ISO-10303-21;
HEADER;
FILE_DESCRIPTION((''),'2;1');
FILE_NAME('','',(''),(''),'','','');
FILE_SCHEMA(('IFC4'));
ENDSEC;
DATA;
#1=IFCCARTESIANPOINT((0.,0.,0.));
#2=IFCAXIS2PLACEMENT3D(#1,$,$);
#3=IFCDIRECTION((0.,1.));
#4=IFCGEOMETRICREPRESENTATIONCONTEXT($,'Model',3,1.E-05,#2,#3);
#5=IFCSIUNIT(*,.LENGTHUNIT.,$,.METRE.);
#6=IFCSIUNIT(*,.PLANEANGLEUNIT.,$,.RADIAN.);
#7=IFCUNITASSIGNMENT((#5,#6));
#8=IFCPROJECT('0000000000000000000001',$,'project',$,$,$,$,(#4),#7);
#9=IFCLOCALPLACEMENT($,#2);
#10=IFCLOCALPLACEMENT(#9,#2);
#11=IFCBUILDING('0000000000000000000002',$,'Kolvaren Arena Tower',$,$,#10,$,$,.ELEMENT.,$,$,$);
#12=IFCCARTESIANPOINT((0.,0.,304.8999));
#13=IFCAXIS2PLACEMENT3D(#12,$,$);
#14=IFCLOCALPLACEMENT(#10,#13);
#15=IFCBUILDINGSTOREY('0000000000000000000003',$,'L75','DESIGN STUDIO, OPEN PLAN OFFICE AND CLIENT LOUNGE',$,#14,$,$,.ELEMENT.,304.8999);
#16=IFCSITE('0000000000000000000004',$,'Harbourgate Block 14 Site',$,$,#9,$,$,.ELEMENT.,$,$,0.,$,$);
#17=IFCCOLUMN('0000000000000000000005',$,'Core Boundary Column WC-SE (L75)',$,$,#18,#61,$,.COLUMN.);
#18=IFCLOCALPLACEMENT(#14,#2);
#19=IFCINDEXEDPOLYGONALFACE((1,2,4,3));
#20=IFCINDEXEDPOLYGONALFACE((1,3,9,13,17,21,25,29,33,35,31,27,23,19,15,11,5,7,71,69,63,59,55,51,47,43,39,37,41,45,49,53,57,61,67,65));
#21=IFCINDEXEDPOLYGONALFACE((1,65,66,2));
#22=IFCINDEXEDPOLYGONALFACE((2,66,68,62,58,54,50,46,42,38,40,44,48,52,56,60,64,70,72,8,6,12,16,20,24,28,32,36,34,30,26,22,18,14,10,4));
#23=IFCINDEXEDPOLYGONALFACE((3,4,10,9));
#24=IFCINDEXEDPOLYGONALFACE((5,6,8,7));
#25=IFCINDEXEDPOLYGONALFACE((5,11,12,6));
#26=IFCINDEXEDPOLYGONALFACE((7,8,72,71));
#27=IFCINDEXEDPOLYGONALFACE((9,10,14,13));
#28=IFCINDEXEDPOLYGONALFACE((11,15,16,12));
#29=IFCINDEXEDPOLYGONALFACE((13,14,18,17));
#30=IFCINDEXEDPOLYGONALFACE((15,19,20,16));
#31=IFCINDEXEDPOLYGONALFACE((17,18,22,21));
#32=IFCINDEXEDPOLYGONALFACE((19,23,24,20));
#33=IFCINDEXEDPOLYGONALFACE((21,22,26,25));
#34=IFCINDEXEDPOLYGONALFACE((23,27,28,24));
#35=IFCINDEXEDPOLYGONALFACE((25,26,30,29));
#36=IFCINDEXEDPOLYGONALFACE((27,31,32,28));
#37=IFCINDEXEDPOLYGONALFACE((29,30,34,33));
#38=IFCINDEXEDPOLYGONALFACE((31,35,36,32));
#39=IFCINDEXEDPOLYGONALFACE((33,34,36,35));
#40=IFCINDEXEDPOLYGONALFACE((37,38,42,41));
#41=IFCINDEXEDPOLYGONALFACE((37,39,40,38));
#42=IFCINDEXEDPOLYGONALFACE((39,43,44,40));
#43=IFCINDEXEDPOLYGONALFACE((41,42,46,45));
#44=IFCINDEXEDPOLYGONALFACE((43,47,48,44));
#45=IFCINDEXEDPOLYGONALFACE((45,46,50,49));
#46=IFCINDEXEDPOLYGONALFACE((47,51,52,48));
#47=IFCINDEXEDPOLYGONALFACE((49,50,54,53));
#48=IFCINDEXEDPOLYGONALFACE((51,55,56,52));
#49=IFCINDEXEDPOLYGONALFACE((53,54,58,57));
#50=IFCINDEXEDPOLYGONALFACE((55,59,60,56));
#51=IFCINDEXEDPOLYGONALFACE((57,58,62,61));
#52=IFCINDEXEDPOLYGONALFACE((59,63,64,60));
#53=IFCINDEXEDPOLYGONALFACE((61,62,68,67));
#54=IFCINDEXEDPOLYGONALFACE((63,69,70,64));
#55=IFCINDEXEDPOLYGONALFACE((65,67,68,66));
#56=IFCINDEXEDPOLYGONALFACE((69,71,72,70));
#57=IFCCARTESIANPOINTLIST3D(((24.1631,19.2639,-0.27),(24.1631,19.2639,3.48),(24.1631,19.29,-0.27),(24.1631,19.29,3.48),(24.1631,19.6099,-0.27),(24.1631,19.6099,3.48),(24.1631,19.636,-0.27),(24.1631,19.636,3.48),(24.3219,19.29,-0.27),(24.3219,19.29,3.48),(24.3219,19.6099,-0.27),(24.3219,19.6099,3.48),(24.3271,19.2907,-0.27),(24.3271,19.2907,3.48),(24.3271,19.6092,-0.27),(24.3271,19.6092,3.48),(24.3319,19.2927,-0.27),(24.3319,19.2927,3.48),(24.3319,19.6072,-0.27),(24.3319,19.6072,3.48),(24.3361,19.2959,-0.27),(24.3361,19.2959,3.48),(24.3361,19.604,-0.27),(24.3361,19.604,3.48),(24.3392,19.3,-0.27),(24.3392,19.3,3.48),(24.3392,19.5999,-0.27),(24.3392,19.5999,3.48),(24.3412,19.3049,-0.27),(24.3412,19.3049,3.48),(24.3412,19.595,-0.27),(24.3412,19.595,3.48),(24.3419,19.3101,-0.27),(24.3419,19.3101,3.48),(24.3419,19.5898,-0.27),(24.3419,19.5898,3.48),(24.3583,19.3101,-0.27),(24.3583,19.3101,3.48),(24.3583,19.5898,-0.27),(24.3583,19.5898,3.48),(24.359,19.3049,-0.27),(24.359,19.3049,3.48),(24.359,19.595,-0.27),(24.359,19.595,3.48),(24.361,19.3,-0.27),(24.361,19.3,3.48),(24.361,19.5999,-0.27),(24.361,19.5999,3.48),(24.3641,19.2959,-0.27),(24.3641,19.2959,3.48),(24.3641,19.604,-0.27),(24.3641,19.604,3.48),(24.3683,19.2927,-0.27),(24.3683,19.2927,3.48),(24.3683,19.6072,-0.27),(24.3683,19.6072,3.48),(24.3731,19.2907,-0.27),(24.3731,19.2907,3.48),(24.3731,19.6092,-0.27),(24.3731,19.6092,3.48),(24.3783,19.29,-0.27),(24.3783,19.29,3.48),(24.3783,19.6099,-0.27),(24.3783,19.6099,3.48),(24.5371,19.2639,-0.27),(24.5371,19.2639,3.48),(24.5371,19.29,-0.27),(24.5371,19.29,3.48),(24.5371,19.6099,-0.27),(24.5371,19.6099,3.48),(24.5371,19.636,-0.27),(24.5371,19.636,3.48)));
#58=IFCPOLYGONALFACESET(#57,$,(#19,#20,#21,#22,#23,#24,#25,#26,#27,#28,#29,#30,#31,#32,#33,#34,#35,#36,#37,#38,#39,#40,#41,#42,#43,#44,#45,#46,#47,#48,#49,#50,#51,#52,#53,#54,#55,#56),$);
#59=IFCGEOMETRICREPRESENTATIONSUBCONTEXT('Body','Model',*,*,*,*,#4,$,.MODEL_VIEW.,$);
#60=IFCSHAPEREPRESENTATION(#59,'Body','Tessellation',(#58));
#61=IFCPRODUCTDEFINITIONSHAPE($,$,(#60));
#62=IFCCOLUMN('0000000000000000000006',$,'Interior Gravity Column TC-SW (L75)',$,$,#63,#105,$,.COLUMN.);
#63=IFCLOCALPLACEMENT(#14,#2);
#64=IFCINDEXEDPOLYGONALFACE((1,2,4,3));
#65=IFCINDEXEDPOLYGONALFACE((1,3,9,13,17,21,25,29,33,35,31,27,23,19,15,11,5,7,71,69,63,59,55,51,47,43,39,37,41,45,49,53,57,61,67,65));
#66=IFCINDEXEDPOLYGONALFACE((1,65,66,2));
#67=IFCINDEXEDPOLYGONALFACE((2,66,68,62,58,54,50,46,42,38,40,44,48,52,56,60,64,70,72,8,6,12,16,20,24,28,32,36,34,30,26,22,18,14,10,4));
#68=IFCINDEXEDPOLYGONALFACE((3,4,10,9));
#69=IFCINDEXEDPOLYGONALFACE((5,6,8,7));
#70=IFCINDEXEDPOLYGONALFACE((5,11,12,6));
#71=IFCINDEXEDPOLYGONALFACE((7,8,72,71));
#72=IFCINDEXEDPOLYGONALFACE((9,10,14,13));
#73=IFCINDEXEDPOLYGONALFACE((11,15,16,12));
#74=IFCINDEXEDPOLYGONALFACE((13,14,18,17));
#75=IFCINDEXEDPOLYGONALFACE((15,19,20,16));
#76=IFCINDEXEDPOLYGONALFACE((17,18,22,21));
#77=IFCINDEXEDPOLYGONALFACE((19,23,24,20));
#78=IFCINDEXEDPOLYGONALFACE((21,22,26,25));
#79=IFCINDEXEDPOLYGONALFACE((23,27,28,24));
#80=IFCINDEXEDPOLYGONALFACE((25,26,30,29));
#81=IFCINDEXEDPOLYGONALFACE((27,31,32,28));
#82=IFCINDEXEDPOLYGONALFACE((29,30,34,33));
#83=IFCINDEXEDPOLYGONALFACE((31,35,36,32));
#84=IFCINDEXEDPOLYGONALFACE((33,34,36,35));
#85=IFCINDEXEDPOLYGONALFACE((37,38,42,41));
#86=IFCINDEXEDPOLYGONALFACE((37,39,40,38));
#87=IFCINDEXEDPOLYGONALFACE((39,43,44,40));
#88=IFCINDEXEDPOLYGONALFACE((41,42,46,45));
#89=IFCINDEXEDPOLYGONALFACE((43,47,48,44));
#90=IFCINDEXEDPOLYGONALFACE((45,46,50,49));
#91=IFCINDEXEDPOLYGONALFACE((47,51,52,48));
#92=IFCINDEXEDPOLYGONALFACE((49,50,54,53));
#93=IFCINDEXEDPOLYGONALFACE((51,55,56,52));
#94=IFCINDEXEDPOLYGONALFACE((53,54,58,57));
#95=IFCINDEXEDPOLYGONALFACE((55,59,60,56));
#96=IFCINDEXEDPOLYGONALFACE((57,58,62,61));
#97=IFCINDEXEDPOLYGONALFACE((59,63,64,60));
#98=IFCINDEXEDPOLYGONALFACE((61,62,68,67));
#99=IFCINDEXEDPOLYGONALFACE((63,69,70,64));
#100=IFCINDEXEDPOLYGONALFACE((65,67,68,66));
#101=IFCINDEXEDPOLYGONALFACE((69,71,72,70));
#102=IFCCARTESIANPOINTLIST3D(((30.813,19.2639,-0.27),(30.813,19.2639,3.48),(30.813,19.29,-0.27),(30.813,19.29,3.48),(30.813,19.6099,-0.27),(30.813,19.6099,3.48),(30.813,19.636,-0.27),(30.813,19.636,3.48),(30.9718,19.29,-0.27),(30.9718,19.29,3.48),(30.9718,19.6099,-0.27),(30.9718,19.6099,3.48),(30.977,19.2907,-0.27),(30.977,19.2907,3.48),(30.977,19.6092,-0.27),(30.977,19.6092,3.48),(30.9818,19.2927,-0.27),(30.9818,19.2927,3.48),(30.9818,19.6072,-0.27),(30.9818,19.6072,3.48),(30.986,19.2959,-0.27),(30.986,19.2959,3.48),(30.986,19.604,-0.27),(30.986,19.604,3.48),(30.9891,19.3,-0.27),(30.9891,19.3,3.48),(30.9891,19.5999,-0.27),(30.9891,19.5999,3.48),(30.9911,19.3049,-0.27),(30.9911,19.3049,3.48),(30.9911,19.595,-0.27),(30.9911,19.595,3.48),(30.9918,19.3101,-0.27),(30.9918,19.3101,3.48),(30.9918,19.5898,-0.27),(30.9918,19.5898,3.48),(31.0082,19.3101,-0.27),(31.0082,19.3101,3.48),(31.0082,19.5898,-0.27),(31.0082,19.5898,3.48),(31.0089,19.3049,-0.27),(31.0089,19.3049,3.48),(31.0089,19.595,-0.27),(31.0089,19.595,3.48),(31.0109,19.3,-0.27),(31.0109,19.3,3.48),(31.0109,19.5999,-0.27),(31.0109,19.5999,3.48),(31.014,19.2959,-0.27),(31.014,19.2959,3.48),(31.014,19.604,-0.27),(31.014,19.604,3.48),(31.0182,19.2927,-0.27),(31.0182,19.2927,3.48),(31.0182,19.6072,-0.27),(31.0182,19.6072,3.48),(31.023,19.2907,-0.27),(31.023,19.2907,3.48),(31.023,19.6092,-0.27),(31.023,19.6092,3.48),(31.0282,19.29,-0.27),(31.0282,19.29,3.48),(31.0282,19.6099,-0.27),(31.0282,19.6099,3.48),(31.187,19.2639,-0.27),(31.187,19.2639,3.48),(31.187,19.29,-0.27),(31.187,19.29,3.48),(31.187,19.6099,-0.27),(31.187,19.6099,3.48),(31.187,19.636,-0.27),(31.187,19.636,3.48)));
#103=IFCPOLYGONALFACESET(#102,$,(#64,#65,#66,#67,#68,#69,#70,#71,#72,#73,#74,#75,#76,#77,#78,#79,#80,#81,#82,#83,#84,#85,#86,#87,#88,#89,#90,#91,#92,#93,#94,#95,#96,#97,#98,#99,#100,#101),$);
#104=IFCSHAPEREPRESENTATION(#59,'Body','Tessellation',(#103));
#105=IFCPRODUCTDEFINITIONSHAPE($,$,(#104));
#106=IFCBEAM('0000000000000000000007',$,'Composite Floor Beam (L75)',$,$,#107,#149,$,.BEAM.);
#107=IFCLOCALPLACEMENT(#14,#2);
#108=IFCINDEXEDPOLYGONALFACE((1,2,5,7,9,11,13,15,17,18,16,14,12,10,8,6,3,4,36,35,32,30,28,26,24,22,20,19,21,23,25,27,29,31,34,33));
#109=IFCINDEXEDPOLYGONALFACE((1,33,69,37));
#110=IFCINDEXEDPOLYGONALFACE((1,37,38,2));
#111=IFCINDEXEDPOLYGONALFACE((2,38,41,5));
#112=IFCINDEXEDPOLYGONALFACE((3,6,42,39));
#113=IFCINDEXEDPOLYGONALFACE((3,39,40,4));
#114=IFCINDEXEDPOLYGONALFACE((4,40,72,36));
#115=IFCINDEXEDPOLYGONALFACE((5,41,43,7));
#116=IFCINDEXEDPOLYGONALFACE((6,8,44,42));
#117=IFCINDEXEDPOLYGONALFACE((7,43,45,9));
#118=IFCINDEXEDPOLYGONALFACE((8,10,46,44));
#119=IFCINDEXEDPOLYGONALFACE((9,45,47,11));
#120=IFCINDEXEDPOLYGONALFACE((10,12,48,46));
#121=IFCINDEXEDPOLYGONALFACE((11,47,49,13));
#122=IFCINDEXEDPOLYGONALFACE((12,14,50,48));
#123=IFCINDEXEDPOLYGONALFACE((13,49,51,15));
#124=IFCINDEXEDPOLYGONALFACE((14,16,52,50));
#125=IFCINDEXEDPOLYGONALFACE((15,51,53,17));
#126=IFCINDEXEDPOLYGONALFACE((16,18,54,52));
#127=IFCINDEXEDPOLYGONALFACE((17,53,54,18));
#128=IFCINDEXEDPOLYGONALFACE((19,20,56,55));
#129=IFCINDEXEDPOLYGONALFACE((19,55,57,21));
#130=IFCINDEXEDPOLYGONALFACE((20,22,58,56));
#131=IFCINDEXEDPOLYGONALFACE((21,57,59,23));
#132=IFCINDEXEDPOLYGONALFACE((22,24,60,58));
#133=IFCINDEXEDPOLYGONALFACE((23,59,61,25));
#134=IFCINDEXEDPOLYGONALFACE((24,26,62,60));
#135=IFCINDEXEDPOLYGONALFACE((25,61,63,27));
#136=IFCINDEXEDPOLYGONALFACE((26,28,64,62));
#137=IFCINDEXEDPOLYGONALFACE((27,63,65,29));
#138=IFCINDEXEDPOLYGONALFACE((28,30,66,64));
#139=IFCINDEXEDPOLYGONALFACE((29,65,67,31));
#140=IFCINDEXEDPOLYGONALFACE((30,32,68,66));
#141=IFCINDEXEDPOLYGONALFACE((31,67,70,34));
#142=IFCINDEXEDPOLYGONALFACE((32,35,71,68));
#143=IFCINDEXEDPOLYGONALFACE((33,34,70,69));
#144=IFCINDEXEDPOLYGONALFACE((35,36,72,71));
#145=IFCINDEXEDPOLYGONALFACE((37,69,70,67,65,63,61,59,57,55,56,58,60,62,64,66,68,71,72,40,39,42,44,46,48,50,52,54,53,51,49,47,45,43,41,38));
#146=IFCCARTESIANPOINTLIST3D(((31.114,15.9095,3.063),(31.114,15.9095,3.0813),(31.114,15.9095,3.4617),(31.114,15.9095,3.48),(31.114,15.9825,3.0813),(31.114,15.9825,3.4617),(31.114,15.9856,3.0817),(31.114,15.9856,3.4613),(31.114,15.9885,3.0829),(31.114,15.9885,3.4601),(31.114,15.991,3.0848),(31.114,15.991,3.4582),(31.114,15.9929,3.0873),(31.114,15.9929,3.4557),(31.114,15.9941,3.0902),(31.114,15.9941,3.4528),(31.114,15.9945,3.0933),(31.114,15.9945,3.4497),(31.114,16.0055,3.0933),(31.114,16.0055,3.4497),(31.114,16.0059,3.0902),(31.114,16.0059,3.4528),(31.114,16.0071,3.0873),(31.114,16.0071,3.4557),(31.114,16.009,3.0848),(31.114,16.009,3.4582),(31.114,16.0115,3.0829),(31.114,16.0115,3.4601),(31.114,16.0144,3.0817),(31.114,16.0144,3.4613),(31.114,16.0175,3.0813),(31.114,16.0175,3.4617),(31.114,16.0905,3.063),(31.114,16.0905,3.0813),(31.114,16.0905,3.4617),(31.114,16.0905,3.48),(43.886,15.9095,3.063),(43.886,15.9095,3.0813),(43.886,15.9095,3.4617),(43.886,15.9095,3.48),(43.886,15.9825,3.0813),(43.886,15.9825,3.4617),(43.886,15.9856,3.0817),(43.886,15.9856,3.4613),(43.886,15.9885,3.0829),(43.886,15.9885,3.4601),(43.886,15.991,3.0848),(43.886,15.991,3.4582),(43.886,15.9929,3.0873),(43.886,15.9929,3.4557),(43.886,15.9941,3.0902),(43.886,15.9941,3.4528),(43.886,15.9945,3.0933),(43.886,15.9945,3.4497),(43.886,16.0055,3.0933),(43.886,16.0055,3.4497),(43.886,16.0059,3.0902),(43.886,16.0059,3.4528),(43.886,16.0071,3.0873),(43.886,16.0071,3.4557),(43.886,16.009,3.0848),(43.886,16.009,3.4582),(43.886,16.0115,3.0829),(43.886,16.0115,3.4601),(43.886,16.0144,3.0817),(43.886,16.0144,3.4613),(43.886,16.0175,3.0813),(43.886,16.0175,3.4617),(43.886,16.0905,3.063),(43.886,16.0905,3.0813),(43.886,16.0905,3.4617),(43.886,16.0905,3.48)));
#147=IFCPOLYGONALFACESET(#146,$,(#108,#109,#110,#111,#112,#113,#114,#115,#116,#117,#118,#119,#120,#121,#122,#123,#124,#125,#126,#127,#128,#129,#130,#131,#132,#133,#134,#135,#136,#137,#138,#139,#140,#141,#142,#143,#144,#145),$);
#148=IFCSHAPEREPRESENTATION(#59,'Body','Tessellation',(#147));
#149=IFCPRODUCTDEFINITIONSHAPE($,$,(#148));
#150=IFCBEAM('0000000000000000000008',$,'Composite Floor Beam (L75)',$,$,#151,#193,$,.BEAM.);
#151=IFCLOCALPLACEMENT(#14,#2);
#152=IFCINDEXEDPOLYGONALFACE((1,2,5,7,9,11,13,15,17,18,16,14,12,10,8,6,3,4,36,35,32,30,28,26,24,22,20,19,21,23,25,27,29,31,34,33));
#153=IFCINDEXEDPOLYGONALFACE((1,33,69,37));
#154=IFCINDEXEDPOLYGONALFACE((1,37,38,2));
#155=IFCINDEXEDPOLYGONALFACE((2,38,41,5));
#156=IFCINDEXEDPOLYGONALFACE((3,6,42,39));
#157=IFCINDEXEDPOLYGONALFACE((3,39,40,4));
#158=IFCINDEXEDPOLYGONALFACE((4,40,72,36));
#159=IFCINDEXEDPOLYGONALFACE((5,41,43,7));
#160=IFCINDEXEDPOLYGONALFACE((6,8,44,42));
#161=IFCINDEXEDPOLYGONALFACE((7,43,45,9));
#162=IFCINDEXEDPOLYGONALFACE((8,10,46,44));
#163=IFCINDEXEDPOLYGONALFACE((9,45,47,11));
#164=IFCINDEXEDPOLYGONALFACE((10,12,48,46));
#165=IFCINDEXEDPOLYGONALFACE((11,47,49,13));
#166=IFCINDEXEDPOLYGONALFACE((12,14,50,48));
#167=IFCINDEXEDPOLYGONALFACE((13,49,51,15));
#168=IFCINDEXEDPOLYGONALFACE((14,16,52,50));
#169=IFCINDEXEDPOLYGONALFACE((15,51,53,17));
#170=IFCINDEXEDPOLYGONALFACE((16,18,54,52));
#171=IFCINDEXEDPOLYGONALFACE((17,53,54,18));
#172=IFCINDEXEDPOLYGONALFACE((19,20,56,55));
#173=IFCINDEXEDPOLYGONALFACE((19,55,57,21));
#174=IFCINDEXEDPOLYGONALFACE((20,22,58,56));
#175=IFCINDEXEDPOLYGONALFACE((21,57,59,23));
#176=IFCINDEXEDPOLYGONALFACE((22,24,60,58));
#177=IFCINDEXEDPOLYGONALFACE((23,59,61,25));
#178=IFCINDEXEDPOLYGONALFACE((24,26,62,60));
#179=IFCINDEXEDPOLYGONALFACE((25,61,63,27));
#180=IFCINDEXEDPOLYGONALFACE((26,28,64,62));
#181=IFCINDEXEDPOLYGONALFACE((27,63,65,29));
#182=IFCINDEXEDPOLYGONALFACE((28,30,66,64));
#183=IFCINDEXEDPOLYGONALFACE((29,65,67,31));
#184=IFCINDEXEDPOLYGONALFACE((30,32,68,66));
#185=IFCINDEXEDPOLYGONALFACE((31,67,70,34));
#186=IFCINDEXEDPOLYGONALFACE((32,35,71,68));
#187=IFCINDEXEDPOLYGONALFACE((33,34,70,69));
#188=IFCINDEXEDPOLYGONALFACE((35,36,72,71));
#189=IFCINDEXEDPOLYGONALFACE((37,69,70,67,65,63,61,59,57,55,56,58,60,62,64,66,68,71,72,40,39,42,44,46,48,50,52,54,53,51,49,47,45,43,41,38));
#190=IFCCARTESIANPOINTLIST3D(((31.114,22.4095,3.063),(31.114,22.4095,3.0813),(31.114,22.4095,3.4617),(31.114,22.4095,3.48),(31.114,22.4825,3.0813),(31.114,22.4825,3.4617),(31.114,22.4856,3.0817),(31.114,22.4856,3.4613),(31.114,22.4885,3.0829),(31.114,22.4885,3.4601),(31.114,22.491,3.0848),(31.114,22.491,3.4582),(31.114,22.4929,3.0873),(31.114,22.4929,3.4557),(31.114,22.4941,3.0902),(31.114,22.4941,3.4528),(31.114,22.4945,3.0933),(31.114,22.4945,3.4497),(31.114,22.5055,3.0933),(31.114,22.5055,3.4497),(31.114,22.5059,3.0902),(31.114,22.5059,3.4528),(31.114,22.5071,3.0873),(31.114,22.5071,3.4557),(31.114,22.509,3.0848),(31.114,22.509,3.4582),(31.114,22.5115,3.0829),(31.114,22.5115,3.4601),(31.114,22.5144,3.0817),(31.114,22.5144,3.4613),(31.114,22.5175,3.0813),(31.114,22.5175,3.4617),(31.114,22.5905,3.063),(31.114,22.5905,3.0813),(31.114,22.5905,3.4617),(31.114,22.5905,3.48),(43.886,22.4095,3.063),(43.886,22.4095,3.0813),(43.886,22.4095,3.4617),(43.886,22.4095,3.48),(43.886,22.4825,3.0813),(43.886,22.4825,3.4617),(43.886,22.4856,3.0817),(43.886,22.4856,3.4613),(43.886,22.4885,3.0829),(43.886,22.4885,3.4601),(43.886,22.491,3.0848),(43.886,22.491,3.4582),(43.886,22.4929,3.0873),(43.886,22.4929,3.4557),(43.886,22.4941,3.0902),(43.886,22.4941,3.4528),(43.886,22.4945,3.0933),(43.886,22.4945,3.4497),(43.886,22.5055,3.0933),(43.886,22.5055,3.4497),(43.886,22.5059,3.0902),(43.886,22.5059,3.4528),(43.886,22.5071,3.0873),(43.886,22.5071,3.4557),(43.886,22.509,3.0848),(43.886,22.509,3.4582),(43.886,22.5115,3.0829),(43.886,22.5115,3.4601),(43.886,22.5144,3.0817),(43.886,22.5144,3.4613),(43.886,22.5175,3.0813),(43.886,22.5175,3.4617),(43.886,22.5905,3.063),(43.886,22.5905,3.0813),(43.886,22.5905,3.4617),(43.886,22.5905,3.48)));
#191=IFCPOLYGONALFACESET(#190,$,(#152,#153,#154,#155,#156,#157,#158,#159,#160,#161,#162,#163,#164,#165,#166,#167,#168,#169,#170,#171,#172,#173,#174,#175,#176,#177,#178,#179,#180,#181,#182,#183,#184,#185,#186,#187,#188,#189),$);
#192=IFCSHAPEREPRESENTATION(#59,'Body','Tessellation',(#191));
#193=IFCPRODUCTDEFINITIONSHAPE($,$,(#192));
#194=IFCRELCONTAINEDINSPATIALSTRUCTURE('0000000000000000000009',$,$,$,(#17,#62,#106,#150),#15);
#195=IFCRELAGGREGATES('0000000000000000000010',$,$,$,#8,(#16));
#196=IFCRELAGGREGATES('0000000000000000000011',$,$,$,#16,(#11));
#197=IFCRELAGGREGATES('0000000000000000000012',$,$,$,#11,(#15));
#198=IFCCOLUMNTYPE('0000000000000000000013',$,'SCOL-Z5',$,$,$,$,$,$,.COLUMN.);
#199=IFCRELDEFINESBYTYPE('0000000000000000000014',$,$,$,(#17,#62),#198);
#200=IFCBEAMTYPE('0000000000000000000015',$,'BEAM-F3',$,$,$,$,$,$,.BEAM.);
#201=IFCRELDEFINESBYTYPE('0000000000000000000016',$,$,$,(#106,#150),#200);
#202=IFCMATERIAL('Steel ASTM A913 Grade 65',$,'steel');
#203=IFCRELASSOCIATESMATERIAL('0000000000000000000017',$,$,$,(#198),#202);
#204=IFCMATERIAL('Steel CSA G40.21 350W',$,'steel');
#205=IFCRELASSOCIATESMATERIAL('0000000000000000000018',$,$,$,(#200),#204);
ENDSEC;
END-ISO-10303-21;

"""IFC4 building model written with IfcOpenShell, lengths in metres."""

from ifc_helpers import new_model, si_unit, direction, frame, origin, origin_2d, place, context, subcontext, project, spatial, i_section, extrude, material, material_profile, profile_set, type_object, element, save


model = new_model("IFC4")

# Units and contexts
model_context = context("Model", 3, precision=1e-05, world=origin(), true_north=direction((0.0, 1.0)))
body_context = subcontext(model_context, "Body", "Model", "MODEL_VIEW")
ifc_project = project(units=[si_unit("LENGTHUNIT", "METRE"), si_unit("PLANEANGLEUNIT", "RADIAN")], contexts=[model_context])

# Site, building, storey
site_placement = place(None, origin())
site = spatial("IfcSite", under=ifc_project, at=site_placement, Name="Harbourgate Block 14 Site", CompositionType="ELEMENT", RefElevation=0.0)
building_placement = place(site_placement, origin())
building = spatial("IfcBuilding", under=site, at=building_placement, Name="Kolvaren Arena Tower", CompositionType="ELEMENT")
storey_placement = place(building_placement, frame((0.0, 0.0, 304.8999)))
storey = spatial("IfcBuildingStorey", under=building, at=storey_placement, Name="L75", Description="DESIGN STUDIO, OPEN PLAN OFFICE AND CLIENT LOUNGE", CompositionType="ELEMENT", Elevation=304.8999)

# Columns
ifc_material_1 = material(Name="Steel ASTM A913 Grade 65", Category="steel")
ifc_material_profile_1 = material_profile(ifc_material_1, i_section(OverallWidth=0.374, OverallDepth=0.3721, WebThickness=0.0164, FlangeThickness=0.0261, FilletRadius=0.02, at=origin_2d()), Name="W360x196")
ifc_profile_set_1 = profile_set([ifc_material_profile_1], Name="Steel ASTM A913 Grade 65")
column_type = type_object("IfcColumnType", Name="SCOL-Z5", PredefinedType="COLUMN", material=ifc_profile_set_1)
for number, where, z_axis, x_axis, name in (
    (1, (24.3501, 19.45, -0.27), (0.0, 0.0, 1.0), (1.0, 0.0, 0.0), "Core Boundary Column WC-SE (L75)"),
    (2, (31.0, 19.45, -0.27), (0.0, 0.0, 1.0), (1.0, 0.0, 0.0), "Interior Gravity Column TC-SW (L75)"),
):
    element("IfcColumn", number, at=place(storey_placement, frame(where, z_axis=z_axis, x_axis=x_axis)), inside=storey, type_object=column_type, Name=name, PredefinedType="COLUMN", context=body_context, shape_type="SweptSolid", body=[
        extrude(i_section(OverallWidth=0.374, OverallDepth=0.3721, WebThickness=0.0164, FlangeThickness=0.0261, FilletRadius=0.02, at=origin_2d()), origin(), (0.0, 0.0, 1.0), 3.75),
    ])

# Beams
ifc_material_2 = material(Name="Steel CSA G40.21 350W", Category="steel")
ifc_material_profile_2 = material_profile(ifc_material_2, i_section(OverallWidth=0.1809, OverallDepth=0.417, WebThickness=0.011, FlangeThickness=0.0183, FilletRadius=0.012, at=origin_2d()), Name="W410x85")
ifc_profile_set_2 = profile_set([ifc_material_profile_2], Name="Steel CSA G40.21 350W")
beam_type_1 = type_object("IfcBeamType", Name="BEAM-F3", PredefinedType="BEAM", material=ifc_profile_set_2)
for number, where, z_axis, x_axis, name in (
    (3, (31.114, 16.0, 3.2715), (1.0, 0.0, 0.0), (0.0, 1.0, 0.0), "Composite Floor Beam (L75)"),
    (4, (31.114, 22.5, 3.2715), (1.0, 0.0, 0.0), (0.0, 1.0, 0.0), "Composite Floor Beam (L75)"),
):
    element("IfcBeam", number, at=place(storey_placement, frame(where, z_axis=z_axis, x_axis=x_axis)), inside=storey, type_object=beam_type_1, Name=name, PredefinedType="BEAM", context=body_context, shape_type="SweptSolid", body=[
        extrude(i_section(OverallWidth=0.1809, OverallDepth=0.417, WebThickness=0.011, FlangeThickness=0.0183, FilletRadius=0.012, at=origin_2d()), origin(), (0.0, 0.0, 1.0), 12.772),
    ])

save(model, "model.ifc")
